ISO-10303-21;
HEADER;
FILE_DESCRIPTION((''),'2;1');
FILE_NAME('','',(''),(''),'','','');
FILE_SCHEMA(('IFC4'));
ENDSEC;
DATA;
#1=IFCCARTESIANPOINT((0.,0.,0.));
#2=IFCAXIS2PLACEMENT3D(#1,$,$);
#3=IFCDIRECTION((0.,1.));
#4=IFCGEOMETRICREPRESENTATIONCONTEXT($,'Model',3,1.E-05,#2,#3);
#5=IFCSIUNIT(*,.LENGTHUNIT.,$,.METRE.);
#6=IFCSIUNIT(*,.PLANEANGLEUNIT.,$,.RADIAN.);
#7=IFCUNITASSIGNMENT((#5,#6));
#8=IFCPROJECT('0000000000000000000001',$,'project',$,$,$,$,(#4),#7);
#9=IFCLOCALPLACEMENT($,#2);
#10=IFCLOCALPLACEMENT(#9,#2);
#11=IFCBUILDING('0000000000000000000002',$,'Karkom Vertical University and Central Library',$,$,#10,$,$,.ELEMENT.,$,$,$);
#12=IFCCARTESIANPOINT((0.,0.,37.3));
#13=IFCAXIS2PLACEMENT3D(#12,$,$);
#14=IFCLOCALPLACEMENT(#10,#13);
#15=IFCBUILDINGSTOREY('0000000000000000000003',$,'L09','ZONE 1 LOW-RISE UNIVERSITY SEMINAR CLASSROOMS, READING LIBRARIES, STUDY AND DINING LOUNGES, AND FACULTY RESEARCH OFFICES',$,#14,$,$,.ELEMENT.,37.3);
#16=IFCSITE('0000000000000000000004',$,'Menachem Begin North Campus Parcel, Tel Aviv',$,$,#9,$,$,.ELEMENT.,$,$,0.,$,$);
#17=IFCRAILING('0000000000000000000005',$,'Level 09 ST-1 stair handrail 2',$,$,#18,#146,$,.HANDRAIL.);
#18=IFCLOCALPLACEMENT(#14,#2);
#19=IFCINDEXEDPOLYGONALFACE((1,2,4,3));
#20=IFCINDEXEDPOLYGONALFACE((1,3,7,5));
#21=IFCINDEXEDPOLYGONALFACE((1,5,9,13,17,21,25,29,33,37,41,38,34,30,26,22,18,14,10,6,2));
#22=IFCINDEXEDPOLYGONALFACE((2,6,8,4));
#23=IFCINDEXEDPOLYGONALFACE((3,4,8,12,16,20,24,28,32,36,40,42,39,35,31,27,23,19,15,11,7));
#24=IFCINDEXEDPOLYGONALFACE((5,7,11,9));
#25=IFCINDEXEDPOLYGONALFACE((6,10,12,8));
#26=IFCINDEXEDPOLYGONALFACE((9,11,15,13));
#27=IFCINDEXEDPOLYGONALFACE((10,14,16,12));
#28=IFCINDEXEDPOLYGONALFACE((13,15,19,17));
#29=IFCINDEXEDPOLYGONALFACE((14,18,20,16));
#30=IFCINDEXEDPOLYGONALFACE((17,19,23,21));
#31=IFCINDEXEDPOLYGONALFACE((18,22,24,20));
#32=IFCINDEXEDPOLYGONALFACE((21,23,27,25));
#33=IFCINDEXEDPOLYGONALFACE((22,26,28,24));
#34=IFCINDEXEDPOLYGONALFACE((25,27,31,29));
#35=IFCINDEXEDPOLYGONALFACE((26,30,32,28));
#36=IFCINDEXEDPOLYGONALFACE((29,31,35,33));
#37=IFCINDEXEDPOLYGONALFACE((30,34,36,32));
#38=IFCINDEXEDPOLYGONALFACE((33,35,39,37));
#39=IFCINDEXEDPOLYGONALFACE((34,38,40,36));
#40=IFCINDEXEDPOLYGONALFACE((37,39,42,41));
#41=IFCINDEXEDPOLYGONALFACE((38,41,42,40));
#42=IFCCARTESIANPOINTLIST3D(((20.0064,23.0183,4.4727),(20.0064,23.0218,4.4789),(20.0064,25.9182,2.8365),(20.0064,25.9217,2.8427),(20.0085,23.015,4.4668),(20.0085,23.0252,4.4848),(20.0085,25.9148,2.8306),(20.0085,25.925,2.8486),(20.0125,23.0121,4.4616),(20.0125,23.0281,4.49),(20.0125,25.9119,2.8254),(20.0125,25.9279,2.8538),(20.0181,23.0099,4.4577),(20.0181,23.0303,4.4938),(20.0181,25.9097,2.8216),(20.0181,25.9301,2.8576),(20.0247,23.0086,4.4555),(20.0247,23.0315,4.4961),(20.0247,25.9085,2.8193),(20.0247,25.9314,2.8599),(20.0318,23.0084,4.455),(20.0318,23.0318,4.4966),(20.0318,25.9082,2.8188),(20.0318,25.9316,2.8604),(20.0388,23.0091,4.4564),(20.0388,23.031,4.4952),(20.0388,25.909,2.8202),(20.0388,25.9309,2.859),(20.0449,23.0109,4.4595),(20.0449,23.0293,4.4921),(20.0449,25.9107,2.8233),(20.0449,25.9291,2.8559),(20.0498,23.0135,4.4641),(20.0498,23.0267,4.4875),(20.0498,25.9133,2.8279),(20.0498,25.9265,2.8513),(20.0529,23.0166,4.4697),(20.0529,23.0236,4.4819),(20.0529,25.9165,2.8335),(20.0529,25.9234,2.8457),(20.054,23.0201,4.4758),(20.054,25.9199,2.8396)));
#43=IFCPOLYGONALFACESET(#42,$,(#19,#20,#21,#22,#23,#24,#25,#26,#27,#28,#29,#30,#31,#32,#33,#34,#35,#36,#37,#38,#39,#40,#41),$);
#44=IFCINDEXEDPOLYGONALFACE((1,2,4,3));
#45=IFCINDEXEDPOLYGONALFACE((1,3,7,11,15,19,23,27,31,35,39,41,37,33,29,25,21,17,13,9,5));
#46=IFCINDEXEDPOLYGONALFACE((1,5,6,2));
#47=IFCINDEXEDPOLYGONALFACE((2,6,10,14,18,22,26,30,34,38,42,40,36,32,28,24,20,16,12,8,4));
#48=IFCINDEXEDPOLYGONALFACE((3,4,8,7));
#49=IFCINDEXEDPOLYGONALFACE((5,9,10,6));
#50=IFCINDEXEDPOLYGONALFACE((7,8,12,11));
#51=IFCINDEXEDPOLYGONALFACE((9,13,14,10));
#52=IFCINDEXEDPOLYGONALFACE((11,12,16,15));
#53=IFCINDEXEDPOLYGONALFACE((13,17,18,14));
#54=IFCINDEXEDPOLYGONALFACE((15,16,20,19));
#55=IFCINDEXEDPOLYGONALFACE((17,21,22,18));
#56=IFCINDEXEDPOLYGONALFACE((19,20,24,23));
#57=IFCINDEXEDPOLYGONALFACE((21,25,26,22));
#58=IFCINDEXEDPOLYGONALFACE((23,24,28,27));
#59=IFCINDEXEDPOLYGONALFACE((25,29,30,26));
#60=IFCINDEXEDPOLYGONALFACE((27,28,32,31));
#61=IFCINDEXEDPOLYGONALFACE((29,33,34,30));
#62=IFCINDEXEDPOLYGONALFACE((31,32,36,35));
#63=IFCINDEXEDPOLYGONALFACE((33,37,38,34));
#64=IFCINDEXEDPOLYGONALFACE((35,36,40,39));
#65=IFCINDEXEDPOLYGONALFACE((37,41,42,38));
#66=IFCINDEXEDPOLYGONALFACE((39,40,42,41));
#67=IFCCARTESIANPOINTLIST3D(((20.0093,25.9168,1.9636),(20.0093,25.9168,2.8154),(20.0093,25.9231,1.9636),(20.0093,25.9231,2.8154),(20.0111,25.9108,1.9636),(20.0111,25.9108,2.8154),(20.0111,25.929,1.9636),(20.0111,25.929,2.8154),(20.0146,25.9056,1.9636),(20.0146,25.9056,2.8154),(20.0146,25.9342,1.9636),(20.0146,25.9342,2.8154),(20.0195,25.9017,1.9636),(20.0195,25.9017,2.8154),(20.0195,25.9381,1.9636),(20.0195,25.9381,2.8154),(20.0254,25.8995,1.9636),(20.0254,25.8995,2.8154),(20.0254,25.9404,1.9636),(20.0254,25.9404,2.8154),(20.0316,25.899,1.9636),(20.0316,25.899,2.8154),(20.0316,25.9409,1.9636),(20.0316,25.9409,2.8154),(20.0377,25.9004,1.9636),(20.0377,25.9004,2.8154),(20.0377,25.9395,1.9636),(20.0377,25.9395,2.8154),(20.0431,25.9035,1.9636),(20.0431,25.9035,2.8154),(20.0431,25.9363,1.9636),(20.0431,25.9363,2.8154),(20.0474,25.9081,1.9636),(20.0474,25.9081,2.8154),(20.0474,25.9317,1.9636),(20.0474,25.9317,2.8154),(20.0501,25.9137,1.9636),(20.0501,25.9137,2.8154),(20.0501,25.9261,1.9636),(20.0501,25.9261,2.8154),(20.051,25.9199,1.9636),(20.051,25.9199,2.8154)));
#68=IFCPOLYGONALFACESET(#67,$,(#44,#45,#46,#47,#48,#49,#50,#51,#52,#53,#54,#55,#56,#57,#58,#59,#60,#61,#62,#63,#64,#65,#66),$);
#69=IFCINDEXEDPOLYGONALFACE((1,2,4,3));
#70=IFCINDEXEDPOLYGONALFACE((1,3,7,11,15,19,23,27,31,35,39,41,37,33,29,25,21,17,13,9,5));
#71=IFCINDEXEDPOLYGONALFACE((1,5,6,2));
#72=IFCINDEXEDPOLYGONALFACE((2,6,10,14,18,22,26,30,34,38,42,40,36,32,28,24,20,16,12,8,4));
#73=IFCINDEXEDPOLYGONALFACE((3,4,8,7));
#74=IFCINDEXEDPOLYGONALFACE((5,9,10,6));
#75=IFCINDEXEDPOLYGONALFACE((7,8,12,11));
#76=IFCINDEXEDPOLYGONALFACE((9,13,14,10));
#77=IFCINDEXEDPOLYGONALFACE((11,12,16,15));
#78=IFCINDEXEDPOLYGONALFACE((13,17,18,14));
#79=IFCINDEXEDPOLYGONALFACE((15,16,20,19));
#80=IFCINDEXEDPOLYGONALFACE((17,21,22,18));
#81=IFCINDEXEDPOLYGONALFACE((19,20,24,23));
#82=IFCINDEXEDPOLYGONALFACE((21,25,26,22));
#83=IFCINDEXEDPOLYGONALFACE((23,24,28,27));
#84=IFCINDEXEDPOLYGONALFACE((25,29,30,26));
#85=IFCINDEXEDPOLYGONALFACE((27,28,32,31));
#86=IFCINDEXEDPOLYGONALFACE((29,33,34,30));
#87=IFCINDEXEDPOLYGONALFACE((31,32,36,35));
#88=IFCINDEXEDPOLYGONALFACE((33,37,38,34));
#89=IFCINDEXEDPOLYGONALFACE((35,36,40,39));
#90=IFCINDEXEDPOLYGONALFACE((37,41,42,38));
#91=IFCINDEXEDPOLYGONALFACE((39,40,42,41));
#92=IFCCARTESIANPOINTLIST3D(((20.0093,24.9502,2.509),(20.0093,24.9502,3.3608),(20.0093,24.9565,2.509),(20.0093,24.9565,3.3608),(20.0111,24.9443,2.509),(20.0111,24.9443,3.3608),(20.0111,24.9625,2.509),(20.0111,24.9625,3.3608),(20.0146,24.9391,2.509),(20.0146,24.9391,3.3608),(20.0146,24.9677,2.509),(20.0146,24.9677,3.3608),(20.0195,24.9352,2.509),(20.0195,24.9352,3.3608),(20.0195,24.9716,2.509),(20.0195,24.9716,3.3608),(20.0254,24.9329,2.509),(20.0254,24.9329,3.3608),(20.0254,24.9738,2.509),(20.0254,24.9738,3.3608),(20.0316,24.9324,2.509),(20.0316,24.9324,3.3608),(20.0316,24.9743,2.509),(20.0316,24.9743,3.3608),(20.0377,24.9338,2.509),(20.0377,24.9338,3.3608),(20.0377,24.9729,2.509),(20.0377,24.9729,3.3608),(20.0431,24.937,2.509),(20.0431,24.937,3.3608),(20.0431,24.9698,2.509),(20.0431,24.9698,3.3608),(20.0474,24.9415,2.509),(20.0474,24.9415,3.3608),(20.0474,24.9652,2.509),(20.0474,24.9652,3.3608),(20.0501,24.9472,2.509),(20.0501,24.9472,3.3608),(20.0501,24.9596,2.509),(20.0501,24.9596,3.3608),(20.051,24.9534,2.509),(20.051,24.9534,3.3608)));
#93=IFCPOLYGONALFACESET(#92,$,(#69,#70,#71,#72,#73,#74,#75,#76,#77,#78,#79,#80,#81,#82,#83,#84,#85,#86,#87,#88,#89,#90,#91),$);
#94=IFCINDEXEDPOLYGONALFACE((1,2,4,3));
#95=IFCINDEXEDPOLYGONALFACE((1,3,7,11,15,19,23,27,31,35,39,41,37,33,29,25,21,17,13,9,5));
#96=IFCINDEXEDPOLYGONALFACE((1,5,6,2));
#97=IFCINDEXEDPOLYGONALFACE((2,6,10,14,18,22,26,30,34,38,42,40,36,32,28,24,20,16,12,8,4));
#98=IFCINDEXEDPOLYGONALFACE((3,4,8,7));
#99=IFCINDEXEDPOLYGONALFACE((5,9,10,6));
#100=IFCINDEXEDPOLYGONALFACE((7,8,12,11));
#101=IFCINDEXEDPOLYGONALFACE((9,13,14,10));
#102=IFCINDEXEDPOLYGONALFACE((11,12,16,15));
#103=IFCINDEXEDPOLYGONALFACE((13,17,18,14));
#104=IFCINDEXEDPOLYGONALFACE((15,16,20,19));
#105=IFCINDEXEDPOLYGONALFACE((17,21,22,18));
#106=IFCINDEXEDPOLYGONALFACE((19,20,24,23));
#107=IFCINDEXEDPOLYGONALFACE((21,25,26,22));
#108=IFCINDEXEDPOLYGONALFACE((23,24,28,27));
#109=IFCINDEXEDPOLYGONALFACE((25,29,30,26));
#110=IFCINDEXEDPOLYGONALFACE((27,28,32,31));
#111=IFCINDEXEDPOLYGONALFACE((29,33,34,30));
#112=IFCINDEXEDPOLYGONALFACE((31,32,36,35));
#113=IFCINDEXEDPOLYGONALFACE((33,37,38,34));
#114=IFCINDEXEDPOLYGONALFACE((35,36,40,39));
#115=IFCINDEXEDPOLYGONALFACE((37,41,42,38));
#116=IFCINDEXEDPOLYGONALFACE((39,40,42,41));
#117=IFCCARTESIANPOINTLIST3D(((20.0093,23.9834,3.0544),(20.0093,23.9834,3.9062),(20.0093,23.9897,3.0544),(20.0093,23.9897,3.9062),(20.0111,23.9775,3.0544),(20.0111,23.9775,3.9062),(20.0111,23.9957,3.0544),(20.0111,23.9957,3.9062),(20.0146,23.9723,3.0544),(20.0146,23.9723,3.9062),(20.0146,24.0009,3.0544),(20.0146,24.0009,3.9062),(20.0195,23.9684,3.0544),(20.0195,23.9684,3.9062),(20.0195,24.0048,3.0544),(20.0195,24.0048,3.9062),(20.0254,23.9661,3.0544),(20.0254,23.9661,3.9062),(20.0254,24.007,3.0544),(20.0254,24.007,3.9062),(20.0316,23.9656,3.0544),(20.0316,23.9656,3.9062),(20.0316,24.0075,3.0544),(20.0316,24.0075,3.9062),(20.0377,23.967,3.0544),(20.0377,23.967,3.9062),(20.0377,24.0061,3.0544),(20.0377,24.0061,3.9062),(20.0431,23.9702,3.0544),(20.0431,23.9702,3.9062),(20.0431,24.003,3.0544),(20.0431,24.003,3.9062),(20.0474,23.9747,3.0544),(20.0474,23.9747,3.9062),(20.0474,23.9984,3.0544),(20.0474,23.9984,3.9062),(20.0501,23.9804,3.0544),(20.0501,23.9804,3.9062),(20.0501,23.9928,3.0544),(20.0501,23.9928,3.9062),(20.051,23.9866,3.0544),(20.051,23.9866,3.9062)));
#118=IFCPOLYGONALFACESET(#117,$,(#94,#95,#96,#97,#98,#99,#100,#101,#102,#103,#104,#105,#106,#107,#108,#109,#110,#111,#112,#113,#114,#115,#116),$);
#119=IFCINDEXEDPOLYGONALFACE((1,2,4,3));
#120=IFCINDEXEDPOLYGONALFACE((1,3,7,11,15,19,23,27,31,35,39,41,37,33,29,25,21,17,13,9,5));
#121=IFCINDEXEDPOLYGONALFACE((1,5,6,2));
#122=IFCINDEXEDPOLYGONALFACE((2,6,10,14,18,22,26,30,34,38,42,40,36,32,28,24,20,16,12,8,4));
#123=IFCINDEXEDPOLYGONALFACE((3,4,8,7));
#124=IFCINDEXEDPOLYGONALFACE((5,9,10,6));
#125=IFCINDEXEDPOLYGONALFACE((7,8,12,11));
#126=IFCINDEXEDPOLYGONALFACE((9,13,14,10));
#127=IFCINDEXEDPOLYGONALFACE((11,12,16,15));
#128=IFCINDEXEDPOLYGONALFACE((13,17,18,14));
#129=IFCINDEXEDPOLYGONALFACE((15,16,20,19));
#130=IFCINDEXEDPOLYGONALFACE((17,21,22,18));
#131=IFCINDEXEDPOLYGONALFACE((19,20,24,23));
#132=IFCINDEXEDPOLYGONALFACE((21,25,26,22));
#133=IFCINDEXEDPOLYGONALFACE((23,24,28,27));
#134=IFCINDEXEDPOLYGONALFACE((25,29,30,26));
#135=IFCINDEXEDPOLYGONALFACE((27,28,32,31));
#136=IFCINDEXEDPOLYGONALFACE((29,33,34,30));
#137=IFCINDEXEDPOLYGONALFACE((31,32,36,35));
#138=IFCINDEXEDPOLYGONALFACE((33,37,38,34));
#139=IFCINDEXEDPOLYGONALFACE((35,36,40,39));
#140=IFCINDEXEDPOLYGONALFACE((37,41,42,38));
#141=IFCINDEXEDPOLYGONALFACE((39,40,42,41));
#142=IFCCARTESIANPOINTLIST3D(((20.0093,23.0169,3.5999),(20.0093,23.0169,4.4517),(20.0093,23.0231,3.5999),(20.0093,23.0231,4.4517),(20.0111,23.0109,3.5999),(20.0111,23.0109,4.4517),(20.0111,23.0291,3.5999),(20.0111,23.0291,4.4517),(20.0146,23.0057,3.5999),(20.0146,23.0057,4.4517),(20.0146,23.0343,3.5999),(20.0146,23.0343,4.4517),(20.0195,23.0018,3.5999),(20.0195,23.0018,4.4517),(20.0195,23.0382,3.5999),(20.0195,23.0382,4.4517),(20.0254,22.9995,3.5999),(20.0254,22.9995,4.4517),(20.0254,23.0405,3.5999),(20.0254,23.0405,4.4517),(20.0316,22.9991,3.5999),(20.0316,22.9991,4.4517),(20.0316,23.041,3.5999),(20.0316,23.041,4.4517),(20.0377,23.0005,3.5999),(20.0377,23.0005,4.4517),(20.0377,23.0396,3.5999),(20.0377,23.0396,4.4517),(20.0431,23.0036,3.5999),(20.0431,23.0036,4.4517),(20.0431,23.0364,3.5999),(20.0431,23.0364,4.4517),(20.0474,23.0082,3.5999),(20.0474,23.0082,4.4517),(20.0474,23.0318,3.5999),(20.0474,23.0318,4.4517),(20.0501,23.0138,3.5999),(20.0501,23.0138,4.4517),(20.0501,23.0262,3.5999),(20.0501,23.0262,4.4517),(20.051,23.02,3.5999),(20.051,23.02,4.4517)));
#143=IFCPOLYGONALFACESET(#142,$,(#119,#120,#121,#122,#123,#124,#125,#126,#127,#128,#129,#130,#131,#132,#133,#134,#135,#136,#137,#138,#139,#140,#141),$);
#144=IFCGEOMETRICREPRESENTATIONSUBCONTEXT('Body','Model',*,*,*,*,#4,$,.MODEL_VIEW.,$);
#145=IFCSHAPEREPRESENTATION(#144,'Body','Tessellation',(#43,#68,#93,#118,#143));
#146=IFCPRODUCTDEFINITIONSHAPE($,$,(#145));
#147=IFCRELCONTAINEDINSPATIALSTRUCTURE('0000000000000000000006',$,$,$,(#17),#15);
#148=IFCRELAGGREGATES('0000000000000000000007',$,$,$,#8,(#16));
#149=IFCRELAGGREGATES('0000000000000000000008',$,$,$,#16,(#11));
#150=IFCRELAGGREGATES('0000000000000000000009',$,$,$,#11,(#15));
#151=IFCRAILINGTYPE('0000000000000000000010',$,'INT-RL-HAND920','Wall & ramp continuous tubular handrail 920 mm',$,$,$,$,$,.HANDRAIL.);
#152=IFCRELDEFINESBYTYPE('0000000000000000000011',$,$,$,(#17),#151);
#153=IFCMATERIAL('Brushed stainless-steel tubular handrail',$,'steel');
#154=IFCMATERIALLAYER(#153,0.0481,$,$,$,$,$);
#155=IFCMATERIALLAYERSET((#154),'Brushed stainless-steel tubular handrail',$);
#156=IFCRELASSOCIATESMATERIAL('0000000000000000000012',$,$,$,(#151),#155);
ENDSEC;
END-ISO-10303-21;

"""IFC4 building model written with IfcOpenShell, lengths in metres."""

from ifc_helpers import new_model, si_unit, direction, frame, origin, origin_2d, place, context, subcontext, project, spatial, circle, extrude, material, layer, layer_set, type_object, element, save


model = new_model("IFC4")

# Units and contexts
model_context = context("Model", 3, precision=1e-05, world=origin(), true_north=direction((0.0, 1.0)))
body_context = subcontext(model_context, "Body", "Model", "MODEL_VIEW")
ifc_project = project(units=[si_unit("LENGTHUNIT", "METRE"), si_unit("PLANEANGLEUNIT", "RADIAN")], contexts=[model_context])

# Site, building, storey
site_placement = place(None, origin())
site = spatial("IfcSite", under=ifc_project, at=site_placement, Name="Menachem Begin North Campus Parcel, Tel Aviv", CompositionType="ELEMENT", RefElevation=0.0)
building_placement = place(site_placement, origin())
building = spatial("IfcBuilding", under=site, at=building_placement, Name="Karkom Vertical University and Central Library", CompositionType="ELEMENT")
storey_placement = place(building_placement, frame((0.0, 0.0, 37.3)))
storey = spatial("IfcBuildingStorey", under=building, at=storey_placement, Name="L09", Description="ZONE 1 LOW-RISE UNIVERSITY SEMINAR CLASSROOMS, READING LIBRARIES, STUDY AND DINING LOUNGES, AND FACULTY RESEARCH OFFICES", CompositionType="ELEMENT", Elevation=37.3)

# Railing
ifc_material_1 = material(Name="Brushed stainless-steel tubular handrail", Category="steel")
ifc_layer_1 = layer(ifc_material_1, 0.0481)
ifc_layer_set_1 = layer_set([ifc_layer_1], Name="Brushed stainless-steel tubular handrail")
railing_type_1 = type_object("IfcRailingType", Name="INT-RL-HAND920", Description="Wall & ramp continuous tubular handrail 920 mm", PredefinedType="HANDRAIL", material=ifc_layer_set_1)
railing_1_placement = place(storey_placement, frame((20.03, 25.9199, 1.9636)))
element("IfcRailing", 1, at=railing_1_placement, inside=storey, type_object=railing_type_1, Name="Level 09 ST-1 stair handrail 2", PredefinedType="HANDRAIL", context=body_context, shape_type="SweptSolid", body=[
    extrude(circle(Radius=0.0239, at=origin_2d()), frame((0.0, 0.0, 0.876), z_axis=(0.0, -0.870929, 0.49141), x_axis=(1.0, 0.0, 0.0)), (0.0, 0.0, 1.0), 3.3296),
    extrude(circle(Radius=0.021, at=origin_2d()), origin(), (0.0, 0.0, 1.0), 0.8518),
    extrude(circle(Radius=0.021, at=origin_2d()), frame((0.0, -0.9666, 0.5454)), (0.0, 0.0, 1.0), 0.8518),
    extrude(circle(Radius=0.021, at=origin_2d()), frame((0.0, -1.9333, 1.0908)), (0.0, 0.0, 1.0), 0.8518),
    extrude(circle(Radius=0.021, at=origin_2d()), frame((0.0, -2.8999, 1.6362)), (0.0, 0.0, 1.0), 0.8518),
])

save(model, "model.ifc")
